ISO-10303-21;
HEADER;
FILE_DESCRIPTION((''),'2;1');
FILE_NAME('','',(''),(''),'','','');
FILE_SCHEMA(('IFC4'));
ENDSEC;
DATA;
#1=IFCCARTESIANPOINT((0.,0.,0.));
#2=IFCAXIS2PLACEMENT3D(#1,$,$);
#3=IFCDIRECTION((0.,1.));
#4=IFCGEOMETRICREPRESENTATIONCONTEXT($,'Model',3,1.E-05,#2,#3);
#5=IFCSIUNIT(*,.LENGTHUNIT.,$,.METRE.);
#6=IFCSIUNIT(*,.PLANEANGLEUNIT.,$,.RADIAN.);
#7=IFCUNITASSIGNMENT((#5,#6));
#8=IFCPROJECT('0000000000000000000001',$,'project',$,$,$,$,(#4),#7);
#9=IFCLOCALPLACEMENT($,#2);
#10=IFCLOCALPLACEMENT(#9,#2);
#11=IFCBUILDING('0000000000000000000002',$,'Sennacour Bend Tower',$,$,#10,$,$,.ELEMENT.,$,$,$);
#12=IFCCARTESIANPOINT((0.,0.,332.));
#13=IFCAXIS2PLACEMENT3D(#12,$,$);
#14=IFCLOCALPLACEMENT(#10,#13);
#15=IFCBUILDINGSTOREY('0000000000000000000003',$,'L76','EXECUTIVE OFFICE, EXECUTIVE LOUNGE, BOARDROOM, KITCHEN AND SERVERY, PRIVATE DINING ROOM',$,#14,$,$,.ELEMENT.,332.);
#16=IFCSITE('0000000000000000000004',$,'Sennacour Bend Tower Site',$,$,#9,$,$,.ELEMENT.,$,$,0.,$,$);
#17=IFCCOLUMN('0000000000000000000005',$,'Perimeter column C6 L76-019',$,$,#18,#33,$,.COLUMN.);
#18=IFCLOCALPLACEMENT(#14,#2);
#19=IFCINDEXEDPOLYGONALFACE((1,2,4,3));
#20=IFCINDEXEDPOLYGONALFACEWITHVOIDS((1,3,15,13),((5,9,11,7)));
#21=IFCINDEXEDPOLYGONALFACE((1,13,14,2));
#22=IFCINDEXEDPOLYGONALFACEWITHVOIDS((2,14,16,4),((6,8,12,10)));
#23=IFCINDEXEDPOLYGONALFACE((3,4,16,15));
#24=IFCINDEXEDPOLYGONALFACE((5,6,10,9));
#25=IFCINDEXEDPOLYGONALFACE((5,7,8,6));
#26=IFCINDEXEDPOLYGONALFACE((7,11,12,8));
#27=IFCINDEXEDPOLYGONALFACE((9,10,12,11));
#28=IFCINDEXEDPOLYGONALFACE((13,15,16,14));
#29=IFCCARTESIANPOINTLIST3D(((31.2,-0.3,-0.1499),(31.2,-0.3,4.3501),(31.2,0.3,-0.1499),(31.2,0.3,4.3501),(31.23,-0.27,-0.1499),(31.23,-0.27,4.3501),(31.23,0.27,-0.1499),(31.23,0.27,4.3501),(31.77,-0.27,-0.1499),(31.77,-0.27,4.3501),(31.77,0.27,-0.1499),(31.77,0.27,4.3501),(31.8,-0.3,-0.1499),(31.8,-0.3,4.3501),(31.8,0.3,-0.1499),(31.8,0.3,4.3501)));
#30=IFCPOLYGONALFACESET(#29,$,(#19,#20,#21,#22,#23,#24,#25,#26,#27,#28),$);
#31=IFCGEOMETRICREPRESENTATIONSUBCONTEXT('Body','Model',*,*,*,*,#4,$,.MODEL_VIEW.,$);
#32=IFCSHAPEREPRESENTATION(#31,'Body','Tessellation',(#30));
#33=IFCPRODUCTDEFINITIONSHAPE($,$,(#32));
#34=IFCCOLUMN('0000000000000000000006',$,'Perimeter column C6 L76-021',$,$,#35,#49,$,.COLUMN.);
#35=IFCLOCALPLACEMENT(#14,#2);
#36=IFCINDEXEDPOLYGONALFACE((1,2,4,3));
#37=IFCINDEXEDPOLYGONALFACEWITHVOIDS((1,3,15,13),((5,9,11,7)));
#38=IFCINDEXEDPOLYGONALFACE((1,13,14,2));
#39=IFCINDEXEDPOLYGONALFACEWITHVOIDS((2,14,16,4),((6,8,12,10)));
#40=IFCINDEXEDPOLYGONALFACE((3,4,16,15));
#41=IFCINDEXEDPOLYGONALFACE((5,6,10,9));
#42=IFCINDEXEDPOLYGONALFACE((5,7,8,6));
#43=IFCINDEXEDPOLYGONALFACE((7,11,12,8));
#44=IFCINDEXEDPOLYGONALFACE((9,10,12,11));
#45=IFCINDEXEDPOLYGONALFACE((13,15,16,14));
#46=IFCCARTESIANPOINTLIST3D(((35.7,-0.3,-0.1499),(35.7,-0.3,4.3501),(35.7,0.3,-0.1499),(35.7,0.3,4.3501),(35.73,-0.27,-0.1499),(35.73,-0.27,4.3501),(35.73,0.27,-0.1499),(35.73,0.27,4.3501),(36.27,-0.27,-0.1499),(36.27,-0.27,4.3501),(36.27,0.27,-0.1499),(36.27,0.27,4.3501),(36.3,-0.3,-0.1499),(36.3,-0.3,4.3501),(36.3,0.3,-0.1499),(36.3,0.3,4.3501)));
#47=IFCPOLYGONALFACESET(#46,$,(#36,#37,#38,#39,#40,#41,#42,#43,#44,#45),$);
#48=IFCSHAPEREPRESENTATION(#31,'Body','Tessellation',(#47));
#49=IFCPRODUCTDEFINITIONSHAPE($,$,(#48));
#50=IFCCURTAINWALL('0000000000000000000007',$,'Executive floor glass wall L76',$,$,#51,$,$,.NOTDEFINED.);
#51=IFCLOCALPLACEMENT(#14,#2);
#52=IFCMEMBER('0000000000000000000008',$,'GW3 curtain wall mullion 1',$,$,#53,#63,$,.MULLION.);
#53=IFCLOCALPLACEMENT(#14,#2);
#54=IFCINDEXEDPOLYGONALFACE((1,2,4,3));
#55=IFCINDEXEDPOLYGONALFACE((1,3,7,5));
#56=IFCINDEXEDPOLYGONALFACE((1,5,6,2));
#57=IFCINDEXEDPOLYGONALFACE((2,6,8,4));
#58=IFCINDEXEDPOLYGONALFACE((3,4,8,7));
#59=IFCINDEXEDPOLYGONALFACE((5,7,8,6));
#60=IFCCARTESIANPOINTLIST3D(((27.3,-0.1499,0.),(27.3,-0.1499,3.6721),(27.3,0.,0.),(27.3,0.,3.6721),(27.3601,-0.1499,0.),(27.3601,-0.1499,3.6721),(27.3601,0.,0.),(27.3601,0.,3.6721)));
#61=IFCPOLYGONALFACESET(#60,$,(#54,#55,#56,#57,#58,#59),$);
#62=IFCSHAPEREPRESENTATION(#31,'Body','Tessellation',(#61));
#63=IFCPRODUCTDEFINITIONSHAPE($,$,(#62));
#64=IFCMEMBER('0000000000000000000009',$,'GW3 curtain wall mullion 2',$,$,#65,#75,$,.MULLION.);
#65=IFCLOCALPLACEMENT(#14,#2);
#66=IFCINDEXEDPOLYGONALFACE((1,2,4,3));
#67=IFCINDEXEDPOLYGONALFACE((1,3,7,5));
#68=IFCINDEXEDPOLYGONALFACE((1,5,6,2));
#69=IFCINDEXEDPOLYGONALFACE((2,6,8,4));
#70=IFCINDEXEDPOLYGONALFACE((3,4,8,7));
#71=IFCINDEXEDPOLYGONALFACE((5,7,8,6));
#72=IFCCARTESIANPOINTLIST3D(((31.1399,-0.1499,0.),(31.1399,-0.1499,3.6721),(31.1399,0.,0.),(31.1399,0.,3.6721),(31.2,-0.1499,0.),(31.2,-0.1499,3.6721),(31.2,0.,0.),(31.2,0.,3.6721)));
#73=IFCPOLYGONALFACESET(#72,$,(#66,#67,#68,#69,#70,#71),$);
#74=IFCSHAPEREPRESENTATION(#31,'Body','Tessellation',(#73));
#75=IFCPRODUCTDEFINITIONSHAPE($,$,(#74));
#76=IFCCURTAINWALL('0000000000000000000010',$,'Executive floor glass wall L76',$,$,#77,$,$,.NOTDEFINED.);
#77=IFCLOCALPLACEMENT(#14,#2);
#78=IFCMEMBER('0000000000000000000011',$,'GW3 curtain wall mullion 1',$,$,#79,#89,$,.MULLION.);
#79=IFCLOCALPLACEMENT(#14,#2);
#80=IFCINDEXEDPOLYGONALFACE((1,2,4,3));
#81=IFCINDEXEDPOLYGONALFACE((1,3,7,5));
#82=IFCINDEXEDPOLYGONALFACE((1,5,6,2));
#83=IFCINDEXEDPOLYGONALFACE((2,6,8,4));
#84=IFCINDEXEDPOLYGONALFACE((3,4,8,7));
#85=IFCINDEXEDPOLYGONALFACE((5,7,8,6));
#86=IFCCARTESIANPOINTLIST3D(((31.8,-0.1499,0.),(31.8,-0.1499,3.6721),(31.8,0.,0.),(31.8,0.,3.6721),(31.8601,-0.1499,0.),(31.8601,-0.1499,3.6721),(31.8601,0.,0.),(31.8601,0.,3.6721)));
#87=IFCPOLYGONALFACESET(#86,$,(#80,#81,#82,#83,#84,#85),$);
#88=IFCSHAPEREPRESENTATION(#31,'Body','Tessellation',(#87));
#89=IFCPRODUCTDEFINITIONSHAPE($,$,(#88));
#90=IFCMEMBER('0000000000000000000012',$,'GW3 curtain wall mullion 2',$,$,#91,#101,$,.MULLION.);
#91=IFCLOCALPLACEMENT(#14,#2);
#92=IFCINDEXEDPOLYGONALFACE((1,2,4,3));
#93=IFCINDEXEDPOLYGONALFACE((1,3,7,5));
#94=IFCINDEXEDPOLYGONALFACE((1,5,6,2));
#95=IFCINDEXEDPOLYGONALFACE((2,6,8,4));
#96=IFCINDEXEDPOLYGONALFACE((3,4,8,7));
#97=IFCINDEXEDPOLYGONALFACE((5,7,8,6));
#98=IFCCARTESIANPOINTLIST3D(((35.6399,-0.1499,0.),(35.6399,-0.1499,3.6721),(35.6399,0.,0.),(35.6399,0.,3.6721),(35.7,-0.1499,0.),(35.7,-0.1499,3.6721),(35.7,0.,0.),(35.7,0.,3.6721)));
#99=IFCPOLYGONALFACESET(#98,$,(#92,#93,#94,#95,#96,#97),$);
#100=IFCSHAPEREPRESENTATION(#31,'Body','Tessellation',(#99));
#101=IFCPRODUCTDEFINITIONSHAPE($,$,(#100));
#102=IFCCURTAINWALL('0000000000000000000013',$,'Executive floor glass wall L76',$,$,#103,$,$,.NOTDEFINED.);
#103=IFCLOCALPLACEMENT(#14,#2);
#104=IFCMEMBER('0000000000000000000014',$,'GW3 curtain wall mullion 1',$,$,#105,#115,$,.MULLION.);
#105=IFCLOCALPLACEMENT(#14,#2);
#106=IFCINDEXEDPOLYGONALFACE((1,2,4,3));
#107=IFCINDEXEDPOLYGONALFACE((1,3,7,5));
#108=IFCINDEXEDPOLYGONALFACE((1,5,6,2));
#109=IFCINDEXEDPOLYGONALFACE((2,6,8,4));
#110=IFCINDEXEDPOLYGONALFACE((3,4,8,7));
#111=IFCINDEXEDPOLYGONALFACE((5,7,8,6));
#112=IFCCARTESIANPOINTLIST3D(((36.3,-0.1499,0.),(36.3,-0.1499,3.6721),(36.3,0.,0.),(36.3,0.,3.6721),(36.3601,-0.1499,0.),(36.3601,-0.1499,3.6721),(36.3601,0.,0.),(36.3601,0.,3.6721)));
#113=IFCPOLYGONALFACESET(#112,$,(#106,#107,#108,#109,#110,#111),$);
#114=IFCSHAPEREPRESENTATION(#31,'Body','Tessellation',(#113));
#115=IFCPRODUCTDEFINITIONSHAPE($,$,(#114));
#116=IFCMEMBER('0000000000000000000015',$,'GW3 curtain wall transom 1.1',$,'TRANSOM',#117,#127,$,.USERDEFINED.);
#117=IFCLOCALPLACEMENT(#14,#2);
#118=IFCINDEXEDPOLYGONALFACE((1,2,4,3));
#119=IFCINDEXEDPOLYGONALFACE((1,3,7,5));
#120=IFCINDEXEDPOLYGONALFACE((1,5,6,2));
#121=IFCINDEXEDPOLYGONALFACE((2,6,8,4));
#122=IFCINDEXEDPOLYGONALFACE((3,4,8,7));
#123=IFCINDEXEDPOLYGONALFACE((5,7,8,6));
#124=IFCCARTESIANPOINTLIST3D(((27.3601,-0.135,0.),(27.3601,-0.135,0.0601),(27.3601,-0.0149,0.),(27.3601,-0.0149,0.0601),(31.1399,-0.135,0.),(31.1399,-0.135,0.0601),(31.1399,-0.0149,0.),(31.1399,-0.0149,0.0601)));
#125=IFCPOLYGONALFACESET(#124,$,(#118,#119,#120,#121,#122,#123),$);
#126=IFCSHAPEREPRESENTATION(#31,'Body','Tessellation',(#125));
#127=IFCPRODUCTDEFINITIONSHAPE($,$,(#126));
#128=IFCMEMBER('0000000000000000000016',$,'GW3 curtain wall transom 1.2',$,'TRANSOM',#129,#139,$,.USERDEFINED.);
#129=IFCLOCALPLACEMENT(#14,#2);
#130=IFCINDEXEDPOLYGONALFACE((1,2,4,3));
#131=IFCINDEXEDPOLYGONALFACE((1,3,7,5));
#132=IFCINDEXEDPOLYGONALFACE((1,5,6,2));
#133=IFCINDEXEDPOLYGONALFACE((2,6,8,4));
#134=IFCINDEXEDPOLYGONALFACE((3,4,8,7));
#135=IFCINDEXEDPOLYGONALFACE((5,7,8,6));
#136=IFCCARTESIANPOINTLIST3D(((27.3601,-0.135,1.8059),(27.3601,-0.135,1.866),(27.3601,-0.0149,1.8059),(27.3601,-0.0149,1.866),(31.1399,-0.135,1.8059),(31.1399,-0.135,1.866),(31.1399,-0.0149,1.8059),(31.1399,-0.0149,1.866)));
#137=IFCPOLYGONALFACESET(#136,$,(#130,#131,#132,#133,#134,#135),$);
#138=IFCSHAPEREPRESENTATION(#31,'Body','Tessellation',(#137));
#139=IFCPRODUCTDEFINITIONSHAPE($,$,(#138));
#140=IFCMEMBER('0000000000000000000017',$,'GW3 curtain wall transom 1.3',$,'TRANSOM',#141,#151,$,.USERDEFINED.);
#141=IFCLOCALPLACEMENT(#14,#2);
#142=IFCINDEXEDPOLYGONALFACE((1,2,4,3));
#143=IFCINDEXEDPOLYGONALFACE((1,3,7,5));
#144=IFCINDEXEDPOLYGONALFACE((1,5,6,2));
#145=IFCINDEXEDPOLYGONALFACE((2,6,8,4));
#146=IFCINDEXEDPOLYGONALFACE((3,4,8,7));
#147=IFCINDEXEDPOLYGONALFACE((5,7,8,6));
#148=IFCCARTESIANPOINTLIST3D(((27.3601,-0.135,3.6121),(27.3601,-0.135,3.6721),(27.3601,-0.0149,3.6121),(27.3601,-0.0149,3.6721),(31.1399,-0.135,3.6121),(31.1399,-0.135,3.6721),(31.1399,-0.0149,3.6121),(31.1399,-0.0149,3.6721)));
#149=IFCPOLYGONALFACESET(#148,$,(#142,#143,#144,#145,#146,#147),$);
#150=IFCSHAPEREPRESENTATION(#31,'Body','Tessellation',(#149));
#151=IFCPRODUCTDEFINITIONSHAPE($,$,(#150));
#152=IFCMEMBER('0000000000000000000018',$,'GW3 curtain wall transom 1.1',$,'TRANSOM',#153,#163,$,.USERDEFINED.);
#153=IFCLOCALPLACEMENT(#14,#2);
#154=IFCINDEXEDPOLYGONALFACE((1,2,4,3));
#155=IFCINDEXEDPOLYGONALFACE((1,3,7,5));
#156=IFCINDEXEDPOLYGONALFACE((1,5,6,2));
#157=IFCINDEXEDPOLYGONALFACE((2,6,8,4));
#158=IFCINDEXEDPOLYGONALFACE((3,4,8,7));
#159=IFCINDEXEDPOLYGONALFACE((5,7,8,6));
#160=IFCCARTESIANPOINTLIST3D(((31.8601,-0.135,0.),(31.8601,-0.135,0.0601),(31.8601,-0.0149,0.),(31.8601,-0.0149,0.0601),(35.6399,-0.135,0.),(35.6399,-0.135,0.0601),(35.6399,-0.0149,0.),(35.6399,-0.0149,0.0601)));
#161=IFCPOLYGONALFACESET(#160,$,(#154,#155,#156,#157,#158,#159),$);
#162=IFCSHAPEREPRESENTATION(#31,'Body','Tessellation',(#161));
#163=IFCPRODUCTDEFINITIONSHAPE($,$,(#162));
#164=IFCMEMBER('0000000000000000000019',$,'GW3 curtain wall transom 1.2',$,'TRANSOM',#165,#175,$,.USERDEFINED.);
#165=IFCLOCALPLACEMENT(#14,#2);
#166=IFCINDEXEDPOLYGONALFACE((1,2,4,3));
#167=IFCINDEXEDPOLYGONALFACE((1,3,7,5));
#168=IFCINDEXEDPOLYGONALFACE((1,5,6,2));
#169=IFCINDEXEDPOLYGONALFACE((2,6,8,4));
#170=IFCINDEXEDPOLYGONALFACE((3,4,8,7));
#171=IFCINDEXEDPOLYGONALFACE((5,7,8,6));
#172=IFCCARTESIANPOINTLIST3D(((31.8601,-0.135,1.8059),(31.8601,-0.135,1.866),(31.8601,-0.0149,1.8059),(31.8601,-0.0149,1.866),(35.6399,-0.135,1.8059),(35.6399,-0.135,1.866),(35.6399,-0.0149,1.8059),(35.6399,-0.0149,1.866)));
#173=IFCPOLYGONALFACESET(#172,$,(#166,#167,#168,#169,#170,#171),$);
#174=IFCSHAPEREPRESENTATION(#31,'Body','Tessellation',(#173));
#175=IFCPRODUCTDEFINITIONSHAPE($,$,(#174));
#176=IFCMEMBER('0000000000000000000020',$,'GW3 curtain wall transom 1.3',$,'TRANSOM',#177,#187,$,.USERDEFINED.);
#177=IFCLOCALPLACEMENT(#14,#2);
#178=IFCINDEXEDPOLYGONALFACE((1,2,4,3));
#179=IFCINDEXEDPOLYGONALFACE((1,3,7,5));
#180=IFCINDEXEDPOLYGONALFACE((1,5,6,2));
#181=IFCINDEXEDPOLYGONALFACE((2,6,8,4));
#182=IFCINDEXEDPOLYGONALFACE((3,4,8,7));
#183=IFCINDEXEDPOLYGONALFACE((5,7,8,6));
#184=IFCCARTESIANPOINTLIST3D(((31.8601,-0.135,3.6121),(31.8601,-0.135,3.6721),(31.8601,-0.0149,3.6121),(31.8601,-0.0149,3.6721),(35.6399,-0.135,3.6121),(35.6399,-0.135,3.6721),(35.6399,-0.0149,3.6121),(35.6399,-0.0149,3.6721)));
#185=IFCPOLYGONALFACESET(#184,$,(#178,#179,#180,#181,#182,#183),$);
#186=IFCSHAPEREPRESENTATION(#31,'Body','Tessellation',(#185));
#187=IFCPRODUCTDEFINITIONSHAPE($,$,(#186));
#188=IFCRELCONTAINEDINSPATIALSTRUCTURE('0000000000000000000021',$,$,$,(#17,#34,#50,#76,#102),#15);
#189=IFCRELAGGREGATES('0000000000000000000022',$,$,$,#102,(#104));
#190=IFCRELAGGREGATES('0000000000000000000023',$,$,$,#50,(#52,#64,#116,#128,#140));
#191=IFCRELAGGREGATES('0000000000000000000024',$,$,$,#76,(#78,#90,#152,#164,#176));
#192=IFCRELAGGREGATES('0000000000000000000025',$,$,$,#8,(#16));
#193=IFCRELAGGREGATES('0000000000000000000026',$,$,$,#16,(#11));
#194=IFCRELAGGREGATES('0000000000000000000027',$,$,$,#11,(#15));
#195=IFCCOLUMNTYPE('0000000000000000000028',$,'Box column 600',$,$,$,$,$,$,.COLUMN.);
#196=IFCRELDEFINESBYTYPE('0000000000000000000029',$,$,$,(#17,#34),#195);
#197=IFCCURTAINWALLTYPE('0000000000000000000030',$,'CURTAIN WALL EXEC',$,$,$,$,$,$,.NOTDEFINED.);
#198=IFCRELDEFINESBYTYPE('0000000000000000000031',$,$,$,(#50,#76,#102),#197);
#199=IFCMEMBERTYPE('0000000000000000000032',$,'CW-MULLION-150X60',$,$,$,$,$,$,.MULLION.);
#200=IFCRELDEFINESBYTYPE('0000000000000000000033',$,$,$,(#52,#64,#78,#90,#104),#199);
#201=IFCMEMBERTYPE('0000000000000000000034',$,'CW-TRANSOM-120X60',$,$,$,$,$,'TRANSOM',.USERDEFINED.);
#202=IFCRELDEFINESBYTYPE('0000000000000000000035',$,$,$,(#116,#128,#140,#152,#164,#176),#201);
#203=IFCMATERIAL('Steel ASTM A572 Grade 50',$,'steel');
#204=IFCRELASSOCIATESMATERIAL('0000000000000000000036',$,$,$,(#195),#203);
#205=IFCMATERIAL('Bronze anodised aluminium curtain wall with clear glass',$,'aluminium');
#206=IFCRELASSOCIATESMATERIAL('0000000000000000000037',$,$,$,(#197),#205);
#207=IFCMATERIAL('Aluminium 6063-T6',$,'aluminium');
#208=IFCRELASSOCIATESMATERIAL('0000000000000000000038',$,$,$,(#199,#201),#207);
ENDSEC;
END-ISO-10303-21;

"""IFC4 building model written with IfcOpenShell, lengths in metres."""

from ifc_helpers import new_model, si_unit, direction, frame, origin, origin_2d, place, context, subcontext, project, spatial, rectangle, hollow_rectangle, extrude, material, material_profile, profile_set, type_object, element, aggregate, save


model = new_model("IFC4")

# Units and contexts
model_context = context("Model", 3, precision=1e-05, world=origin(), true_north=direction((0.0, 1.0)))
body_context = subcontext(model_context, "Body", "Model", "MODEL_VIEW")
ifc_project = project(units=[si_unit("LENGTHUNIT", "METRE"), si_unit("PLANEANGLEUNIT", "RADIAN")], contexts=[model_context])

# Site, building, storey
site_placement = place(None, origin())
site = spatial("IfcSite", under=ifc_project, at=site_placement, Name="Sennacour Bend Tower Site", CompositionType="ELEMENT", RefElevation=0.0)
building_placement = place(site_placement, origin())
building = spatial("IfcBuilding", under=site, at=building_placement, Name="Sennacour Bend Tower", CompositionType="ELEMENT")
storey_placement = place(building_placement, frame((0.0, 0.0, 332.0)))
storey = spatial("IfcBuildingStorey", under=building, at=storey_placement, Name="L76", Description="EXECUTIVE OFFICE, EXECUTIVE LOUNGE, BOARDROOM, KITCHEN AND SERVERY, PRIVATE DINING ROOM", CompositionType="ELEMENT", Elevation=332.0)

# Columns
ifc_material_1 = material(Name="Steel ASTM A572 Grade 50", Category="steel")
ifc_material_profile_1 = material_profile(ifc_material_1, hollow_rectangle(XDim=0.6001, YDim=0.6001, WallThickness=0.03, at=origin_2d()), Name="Steel ASTM A572 Grade 50", Category="steel")
ifc_profile_set_1 = profile_set([ifc_material_profile_1], Name="Steel ASTM A572 Grade 50")
column_type = type_object("IfcColumnType", Name="Box column 600", PredefinedType="COLUMN", material=ifc_profile_set_1)
for number, where, z_axis, x_axis, name in (
    (1, (31.5, 0.0, -0.1499), (0.0, 0.0, 1.0), (1.0, 0.0, 0.0), "Perimeter column C6 L76-019"),
    (2, (36.0, 0.0, -0.1499), (0.0, 0.0, 1.0), (1.0, 0.0, 0.0), "Perimeter column C6 L76-021"),
):
    element("IfcColumn", number, at=place(storey_placement, frame(where, z_axis=z_axis, x_axis=x_axis)), inside=storey, type_object=column_type, Name=name, PredefinedType="COLUMN", context=body_context, shape_type="SweptSolid", body=[
        extrude(hollow_rectangle(XDim=0.6001, YDim=0.6001, WallThickness=0.03, at=origin_2d()), origin(), (0.0, 0.0, 1.0), 4.5),
    ])

# Curtain walls, members
ifc_material_2 = material(Name="Bronze anodised aluminium curtain wall with clear glass", Category="aluminium")
curtain_wall_type = type_object("IfcCurtainWallType", Name="CURTAIN WALL EXEC", PredefinedType="NOTDEFINED", material=ifc_material_2)
curtain_wall_1_placement = place(storey_placement, origin())
curtain_wall_1 = element("IfcCurtainWall", 3, at=curtain_wall_1_placement, inside=storey, type_object=curtain_wall_type, Name="Executive floor glass wall L76", PredefinedType="NOTDEFINED")
ifc_material_3 = material(Name="Aluminium 6063-T6", Category="aluminium")
ifc_material_profile_2 = material_profile(ifc_material_3, rectangle(XDim=0.1499, YDim=0.0601, at=origin_2d()), Name="Aluminium 6063-T6", Category="aluminium")
ifc_profile_set_2 = profile_set([ifc_material_profile_2], Name="Aluminium 6063-T6")
member_type_1 = type_object("IfcMemberType", Name="CW-MULLION-150X60", PredefinedType="MULLION", material=ifc_profile_set_2)
member_1_placement = place(storey_placement, frame((27.3301, -0.075, 0.0), z_axis=(0.0, 0.0, 1.0), x_axis=(0.0, 1.0, 0.0)))
member_1 = element("IfcMember", 4, at=member_1_placement, type_object=member_type_1, Name="GW3 curtain wall mullion 1", PredefinedType="MULLION", context=body_context, shape_type="SweptSolid", body=[
    extrude(rectangle(XDim=0.1499, YDim=0.0601, at=origin_2d()), origin(), (0.0, 0.0, 1.0), 3.6721),
])
member_2_placement = place(storey_placement, frame((31.1699, -0.075, 0.0), z_axis=(0.0, 0.0, 1.0), x_axis=(0.0, 1.0, 0.0)))
member_2 = element("IfcMember", 5, at=member_2_placement, type_object=member_type_1, Name="GW3 curtain wall mullion 2", PredefinedType="MULLION", context=body_context, shape_type="SweptSolid", body=[
    extrude(rectangle(XDim=0.1499, YDim=0.0601, at=origin_2d()), origin(), (0.0, 0.0, 1.0), 3.6721),
])
curtain_wall_2_placement = place(storey_placement, origin())
curtain_wall_2 = element("IfcCurtainWall", 6, at=curtain_wall_2_placement, inside=storey, type_object=curtain_wall_type, Name="Executive floor glass wall L76", PredefinedType="NOTDEFINED")
member_3_placement = place(storey_placement, frame((31.8301, -0.075, 0.0), z_axis=(0.0, 0.0, 1.0), x_axis=(0.0, 1.0, 0.0)))
member_3 = element("IfcMember", 7, at=member_3_placement, type_object=member_type_1, Name="GW3 curtain wall mullion 1", PredefinedType="MULLION", context=body_context, shape_type="SweptSolid", body=[
    extrude(rectangle(XDim=0.1499, YDim=0.0601, at=origin_2d()), origin(), (0.0, 0.0, 1.0), 3.6721),
])
member_4_placement = place(storey_placement, frame((35.6699, -0.075, 0.0), z_axis=(0.0, 0.0, 1.0), x_axis=(0.0, 1.0, 0.0)))
member_4 = element("IfcMember", 8, at=member_4_placement, type_object=member_type_1, Name="GW3 curtain wall mullion 2", PredefinedType="MULLION", context=body_context, shape_type="SweptSolid", body=[
    extrude(rectangle(XDim=0.1499, YDim=0.0601, at=origin_2d()), origin(), (0.0, 0.0, 1.0), 3.6721),
])

# Curtain wall, member
curtain_wall_3_placement = place(storey_placement, origin())
curtain_wall_3 = element("IfcCurtainWall", 9, at=curtain_wall_3_placement, inside=storey, type_object=curtain_wall_type, Name="Executive floor glass wall L76", PredefinedType="NOTDEFINED")
member_5_placement = place(storey_placement, frame((36.3301, -0.075, 0.0), z_axis=(0.0, 0.0, 1.0), x_axis=(0.0, 1.0, 0.0)))
member_5 = element("IfcMember", 10, at=member_5_placement, type_object=member_type_1, Name="GW3 curtain wall mullion 1", PredefinedType="MULLION", context=body_context, shape_type="SweptSolid", body=[
    extrude(rectangle(XDim=0.1499, YDim=0.0601, at=origin_2d()), origin(), (0.0, 0.0, 1.0), 3.6721),
])
aggregate(curtain_wall_3, [member_5])

# Members
ifc_material_profile_3 = material_profile(ifc_material_3, rectangle(XDim=0.1201, YDim=0.0601, at=origin_2d()), Name="Aluminium 6063-T6", Category="aluminium")
ifc_profile_set_3 = profile_set([ifc_material_profile_3], Name="Aluminium 6063-T6")
member_type_2 = type_object("IfcMemberType", Name="CW-TRANSOM-120X60", ElementType="TRANSOM", PredefinedType="USERDEFINED", material=ifc_profile_set_3)
member_6_placement = place(storey_placement, frame((27.3601, -0.075, 0.03), z_axis=(1.0, 0.0, 0.0), x_axis=(0.0, 1.0, 0.0)))
member_6 = element("IfcMember", 11, at=member_6_placement, type_object=member_type_2, Name="GW3 curtain wall transom 1.1", ObjectType="TRANSOM", PredefinedType="USERDEFINED", context=body_context, shape_type="SweptSolid", body=[
    extrude(rectangle(XDim=0.1201, YDim=0.0601, at=origin_2d()), origin(), (0.0, 0.0, 1.0), 3.7798),
])
member_7_placement = place(storey_placement, frame((27.3601, -0.075, 1.8359), z_axis=(1.0, 0.0, 0.0), x_axis=(0.0, 1.0, 0.0)))
member_7 = element("IfcMember", 12, at=member_7_placement, type_object=member_type_2, Name="GW3 curtain wall transom 1.2", ObjectType="TRANSOM", PredefinedType="USERDEFINED", context=body_context, shape_type="SweptSolid", body=[
    extrude(rectangle(XDim=0.1201, YDim=0.0601, at=origin_2d()), origin(), (0.0, 0.0, 1.0), 3.7798),
])
member_8_placement = place(storey_placement, frame((27.3601, -0.075, 3.6421), z_axis=(1.0, 0.0, 0.0), x_axis=(0.0, 1.0, 0.0)))
member_8 = element("IfcMember", 13, at=member_8_placement, type_object=member_type_2, Name="GW3 curtain wall transom 1.3", ObjectType="TRANSOM", PredefinedType="USERDEFINED", context=body_context, shape_type="SweptSolid", body=[
    extrude(rectangle(XDim=0.1201, YDim=0.0601, at=origin_2d()), origin(), (0.0, 0.0, 1.0), 3.7798),
])
member_9_placement = place(storey_placement, frame((31.8601, -0.075, 0.03), z_axis=(1.0, 0.0, 0.0), x_axis=(0.0, 1.0, 0.0)))
member_9 = element("IfcMember", 14, at=member_9_placement, type_object=member_type_2, Name="GW3 curtain wall transom 1.1", ObjectType="TRANSOM", PredefinedType="USERDEFINED", context=body_context, shape_type="SweptSolid", body=[
    extrude(rectangle(XDim=0.1201, YDim=0.0601, at=origin_2d()), origin(), (0.0, 0.0, 1.0), 3.7798),
])
member_10_placement = place(storey_placement, frame((31.8601, -0.075, 1.8359), z_axis=(1.0, 0.0, 0.0), x_axis=(0.0, 1.0, 0.0)))
member_10 = element("IfcMember", 15, at=member_10_placement, type_object=member_type_2, Name="GW3 curtain wall transom 1.2", ObjectType="TRANSOM", PredefinedType="USERDEFINED", context=body_context, shape_type="SweptSolid", body=[
    extrude(rectangle(XDim=0.1201, YDim=0.0601, at=origin_2d()), origin(), (0.0, 0.0, 1.0), 3.7798),
])
member_11_placement = place(storey_placement, frame((31.8601, -0.075, 3.6421), z_axis=(1.0, 0.0, 0.0), x_axis=(0.0, 1.0, 0.0)))
member_11 = element("IfcMember", 16, at=member_11_placement, type_object=member_type_2, Name="GW3 curtain wall transom 1.3", ObjectType="TRANSOM", PredefinedType="USERDEFINED", context=body_context, shape_type="SweptSolid", body=[
    extrude(rectangle(XDim=0.1201, YDim=0.0601, at=origin_2d()), origin(), (0.0, 0.0, 1.0), 3.7798),
])

aggregate(curtain_wall_1, [member_1, member_2, member_6, member_7, member_8])
aggregate(curtain_wall_2, [member_3, member_4, member_9, member_10, member_11])

save(model, "model.ifc")
